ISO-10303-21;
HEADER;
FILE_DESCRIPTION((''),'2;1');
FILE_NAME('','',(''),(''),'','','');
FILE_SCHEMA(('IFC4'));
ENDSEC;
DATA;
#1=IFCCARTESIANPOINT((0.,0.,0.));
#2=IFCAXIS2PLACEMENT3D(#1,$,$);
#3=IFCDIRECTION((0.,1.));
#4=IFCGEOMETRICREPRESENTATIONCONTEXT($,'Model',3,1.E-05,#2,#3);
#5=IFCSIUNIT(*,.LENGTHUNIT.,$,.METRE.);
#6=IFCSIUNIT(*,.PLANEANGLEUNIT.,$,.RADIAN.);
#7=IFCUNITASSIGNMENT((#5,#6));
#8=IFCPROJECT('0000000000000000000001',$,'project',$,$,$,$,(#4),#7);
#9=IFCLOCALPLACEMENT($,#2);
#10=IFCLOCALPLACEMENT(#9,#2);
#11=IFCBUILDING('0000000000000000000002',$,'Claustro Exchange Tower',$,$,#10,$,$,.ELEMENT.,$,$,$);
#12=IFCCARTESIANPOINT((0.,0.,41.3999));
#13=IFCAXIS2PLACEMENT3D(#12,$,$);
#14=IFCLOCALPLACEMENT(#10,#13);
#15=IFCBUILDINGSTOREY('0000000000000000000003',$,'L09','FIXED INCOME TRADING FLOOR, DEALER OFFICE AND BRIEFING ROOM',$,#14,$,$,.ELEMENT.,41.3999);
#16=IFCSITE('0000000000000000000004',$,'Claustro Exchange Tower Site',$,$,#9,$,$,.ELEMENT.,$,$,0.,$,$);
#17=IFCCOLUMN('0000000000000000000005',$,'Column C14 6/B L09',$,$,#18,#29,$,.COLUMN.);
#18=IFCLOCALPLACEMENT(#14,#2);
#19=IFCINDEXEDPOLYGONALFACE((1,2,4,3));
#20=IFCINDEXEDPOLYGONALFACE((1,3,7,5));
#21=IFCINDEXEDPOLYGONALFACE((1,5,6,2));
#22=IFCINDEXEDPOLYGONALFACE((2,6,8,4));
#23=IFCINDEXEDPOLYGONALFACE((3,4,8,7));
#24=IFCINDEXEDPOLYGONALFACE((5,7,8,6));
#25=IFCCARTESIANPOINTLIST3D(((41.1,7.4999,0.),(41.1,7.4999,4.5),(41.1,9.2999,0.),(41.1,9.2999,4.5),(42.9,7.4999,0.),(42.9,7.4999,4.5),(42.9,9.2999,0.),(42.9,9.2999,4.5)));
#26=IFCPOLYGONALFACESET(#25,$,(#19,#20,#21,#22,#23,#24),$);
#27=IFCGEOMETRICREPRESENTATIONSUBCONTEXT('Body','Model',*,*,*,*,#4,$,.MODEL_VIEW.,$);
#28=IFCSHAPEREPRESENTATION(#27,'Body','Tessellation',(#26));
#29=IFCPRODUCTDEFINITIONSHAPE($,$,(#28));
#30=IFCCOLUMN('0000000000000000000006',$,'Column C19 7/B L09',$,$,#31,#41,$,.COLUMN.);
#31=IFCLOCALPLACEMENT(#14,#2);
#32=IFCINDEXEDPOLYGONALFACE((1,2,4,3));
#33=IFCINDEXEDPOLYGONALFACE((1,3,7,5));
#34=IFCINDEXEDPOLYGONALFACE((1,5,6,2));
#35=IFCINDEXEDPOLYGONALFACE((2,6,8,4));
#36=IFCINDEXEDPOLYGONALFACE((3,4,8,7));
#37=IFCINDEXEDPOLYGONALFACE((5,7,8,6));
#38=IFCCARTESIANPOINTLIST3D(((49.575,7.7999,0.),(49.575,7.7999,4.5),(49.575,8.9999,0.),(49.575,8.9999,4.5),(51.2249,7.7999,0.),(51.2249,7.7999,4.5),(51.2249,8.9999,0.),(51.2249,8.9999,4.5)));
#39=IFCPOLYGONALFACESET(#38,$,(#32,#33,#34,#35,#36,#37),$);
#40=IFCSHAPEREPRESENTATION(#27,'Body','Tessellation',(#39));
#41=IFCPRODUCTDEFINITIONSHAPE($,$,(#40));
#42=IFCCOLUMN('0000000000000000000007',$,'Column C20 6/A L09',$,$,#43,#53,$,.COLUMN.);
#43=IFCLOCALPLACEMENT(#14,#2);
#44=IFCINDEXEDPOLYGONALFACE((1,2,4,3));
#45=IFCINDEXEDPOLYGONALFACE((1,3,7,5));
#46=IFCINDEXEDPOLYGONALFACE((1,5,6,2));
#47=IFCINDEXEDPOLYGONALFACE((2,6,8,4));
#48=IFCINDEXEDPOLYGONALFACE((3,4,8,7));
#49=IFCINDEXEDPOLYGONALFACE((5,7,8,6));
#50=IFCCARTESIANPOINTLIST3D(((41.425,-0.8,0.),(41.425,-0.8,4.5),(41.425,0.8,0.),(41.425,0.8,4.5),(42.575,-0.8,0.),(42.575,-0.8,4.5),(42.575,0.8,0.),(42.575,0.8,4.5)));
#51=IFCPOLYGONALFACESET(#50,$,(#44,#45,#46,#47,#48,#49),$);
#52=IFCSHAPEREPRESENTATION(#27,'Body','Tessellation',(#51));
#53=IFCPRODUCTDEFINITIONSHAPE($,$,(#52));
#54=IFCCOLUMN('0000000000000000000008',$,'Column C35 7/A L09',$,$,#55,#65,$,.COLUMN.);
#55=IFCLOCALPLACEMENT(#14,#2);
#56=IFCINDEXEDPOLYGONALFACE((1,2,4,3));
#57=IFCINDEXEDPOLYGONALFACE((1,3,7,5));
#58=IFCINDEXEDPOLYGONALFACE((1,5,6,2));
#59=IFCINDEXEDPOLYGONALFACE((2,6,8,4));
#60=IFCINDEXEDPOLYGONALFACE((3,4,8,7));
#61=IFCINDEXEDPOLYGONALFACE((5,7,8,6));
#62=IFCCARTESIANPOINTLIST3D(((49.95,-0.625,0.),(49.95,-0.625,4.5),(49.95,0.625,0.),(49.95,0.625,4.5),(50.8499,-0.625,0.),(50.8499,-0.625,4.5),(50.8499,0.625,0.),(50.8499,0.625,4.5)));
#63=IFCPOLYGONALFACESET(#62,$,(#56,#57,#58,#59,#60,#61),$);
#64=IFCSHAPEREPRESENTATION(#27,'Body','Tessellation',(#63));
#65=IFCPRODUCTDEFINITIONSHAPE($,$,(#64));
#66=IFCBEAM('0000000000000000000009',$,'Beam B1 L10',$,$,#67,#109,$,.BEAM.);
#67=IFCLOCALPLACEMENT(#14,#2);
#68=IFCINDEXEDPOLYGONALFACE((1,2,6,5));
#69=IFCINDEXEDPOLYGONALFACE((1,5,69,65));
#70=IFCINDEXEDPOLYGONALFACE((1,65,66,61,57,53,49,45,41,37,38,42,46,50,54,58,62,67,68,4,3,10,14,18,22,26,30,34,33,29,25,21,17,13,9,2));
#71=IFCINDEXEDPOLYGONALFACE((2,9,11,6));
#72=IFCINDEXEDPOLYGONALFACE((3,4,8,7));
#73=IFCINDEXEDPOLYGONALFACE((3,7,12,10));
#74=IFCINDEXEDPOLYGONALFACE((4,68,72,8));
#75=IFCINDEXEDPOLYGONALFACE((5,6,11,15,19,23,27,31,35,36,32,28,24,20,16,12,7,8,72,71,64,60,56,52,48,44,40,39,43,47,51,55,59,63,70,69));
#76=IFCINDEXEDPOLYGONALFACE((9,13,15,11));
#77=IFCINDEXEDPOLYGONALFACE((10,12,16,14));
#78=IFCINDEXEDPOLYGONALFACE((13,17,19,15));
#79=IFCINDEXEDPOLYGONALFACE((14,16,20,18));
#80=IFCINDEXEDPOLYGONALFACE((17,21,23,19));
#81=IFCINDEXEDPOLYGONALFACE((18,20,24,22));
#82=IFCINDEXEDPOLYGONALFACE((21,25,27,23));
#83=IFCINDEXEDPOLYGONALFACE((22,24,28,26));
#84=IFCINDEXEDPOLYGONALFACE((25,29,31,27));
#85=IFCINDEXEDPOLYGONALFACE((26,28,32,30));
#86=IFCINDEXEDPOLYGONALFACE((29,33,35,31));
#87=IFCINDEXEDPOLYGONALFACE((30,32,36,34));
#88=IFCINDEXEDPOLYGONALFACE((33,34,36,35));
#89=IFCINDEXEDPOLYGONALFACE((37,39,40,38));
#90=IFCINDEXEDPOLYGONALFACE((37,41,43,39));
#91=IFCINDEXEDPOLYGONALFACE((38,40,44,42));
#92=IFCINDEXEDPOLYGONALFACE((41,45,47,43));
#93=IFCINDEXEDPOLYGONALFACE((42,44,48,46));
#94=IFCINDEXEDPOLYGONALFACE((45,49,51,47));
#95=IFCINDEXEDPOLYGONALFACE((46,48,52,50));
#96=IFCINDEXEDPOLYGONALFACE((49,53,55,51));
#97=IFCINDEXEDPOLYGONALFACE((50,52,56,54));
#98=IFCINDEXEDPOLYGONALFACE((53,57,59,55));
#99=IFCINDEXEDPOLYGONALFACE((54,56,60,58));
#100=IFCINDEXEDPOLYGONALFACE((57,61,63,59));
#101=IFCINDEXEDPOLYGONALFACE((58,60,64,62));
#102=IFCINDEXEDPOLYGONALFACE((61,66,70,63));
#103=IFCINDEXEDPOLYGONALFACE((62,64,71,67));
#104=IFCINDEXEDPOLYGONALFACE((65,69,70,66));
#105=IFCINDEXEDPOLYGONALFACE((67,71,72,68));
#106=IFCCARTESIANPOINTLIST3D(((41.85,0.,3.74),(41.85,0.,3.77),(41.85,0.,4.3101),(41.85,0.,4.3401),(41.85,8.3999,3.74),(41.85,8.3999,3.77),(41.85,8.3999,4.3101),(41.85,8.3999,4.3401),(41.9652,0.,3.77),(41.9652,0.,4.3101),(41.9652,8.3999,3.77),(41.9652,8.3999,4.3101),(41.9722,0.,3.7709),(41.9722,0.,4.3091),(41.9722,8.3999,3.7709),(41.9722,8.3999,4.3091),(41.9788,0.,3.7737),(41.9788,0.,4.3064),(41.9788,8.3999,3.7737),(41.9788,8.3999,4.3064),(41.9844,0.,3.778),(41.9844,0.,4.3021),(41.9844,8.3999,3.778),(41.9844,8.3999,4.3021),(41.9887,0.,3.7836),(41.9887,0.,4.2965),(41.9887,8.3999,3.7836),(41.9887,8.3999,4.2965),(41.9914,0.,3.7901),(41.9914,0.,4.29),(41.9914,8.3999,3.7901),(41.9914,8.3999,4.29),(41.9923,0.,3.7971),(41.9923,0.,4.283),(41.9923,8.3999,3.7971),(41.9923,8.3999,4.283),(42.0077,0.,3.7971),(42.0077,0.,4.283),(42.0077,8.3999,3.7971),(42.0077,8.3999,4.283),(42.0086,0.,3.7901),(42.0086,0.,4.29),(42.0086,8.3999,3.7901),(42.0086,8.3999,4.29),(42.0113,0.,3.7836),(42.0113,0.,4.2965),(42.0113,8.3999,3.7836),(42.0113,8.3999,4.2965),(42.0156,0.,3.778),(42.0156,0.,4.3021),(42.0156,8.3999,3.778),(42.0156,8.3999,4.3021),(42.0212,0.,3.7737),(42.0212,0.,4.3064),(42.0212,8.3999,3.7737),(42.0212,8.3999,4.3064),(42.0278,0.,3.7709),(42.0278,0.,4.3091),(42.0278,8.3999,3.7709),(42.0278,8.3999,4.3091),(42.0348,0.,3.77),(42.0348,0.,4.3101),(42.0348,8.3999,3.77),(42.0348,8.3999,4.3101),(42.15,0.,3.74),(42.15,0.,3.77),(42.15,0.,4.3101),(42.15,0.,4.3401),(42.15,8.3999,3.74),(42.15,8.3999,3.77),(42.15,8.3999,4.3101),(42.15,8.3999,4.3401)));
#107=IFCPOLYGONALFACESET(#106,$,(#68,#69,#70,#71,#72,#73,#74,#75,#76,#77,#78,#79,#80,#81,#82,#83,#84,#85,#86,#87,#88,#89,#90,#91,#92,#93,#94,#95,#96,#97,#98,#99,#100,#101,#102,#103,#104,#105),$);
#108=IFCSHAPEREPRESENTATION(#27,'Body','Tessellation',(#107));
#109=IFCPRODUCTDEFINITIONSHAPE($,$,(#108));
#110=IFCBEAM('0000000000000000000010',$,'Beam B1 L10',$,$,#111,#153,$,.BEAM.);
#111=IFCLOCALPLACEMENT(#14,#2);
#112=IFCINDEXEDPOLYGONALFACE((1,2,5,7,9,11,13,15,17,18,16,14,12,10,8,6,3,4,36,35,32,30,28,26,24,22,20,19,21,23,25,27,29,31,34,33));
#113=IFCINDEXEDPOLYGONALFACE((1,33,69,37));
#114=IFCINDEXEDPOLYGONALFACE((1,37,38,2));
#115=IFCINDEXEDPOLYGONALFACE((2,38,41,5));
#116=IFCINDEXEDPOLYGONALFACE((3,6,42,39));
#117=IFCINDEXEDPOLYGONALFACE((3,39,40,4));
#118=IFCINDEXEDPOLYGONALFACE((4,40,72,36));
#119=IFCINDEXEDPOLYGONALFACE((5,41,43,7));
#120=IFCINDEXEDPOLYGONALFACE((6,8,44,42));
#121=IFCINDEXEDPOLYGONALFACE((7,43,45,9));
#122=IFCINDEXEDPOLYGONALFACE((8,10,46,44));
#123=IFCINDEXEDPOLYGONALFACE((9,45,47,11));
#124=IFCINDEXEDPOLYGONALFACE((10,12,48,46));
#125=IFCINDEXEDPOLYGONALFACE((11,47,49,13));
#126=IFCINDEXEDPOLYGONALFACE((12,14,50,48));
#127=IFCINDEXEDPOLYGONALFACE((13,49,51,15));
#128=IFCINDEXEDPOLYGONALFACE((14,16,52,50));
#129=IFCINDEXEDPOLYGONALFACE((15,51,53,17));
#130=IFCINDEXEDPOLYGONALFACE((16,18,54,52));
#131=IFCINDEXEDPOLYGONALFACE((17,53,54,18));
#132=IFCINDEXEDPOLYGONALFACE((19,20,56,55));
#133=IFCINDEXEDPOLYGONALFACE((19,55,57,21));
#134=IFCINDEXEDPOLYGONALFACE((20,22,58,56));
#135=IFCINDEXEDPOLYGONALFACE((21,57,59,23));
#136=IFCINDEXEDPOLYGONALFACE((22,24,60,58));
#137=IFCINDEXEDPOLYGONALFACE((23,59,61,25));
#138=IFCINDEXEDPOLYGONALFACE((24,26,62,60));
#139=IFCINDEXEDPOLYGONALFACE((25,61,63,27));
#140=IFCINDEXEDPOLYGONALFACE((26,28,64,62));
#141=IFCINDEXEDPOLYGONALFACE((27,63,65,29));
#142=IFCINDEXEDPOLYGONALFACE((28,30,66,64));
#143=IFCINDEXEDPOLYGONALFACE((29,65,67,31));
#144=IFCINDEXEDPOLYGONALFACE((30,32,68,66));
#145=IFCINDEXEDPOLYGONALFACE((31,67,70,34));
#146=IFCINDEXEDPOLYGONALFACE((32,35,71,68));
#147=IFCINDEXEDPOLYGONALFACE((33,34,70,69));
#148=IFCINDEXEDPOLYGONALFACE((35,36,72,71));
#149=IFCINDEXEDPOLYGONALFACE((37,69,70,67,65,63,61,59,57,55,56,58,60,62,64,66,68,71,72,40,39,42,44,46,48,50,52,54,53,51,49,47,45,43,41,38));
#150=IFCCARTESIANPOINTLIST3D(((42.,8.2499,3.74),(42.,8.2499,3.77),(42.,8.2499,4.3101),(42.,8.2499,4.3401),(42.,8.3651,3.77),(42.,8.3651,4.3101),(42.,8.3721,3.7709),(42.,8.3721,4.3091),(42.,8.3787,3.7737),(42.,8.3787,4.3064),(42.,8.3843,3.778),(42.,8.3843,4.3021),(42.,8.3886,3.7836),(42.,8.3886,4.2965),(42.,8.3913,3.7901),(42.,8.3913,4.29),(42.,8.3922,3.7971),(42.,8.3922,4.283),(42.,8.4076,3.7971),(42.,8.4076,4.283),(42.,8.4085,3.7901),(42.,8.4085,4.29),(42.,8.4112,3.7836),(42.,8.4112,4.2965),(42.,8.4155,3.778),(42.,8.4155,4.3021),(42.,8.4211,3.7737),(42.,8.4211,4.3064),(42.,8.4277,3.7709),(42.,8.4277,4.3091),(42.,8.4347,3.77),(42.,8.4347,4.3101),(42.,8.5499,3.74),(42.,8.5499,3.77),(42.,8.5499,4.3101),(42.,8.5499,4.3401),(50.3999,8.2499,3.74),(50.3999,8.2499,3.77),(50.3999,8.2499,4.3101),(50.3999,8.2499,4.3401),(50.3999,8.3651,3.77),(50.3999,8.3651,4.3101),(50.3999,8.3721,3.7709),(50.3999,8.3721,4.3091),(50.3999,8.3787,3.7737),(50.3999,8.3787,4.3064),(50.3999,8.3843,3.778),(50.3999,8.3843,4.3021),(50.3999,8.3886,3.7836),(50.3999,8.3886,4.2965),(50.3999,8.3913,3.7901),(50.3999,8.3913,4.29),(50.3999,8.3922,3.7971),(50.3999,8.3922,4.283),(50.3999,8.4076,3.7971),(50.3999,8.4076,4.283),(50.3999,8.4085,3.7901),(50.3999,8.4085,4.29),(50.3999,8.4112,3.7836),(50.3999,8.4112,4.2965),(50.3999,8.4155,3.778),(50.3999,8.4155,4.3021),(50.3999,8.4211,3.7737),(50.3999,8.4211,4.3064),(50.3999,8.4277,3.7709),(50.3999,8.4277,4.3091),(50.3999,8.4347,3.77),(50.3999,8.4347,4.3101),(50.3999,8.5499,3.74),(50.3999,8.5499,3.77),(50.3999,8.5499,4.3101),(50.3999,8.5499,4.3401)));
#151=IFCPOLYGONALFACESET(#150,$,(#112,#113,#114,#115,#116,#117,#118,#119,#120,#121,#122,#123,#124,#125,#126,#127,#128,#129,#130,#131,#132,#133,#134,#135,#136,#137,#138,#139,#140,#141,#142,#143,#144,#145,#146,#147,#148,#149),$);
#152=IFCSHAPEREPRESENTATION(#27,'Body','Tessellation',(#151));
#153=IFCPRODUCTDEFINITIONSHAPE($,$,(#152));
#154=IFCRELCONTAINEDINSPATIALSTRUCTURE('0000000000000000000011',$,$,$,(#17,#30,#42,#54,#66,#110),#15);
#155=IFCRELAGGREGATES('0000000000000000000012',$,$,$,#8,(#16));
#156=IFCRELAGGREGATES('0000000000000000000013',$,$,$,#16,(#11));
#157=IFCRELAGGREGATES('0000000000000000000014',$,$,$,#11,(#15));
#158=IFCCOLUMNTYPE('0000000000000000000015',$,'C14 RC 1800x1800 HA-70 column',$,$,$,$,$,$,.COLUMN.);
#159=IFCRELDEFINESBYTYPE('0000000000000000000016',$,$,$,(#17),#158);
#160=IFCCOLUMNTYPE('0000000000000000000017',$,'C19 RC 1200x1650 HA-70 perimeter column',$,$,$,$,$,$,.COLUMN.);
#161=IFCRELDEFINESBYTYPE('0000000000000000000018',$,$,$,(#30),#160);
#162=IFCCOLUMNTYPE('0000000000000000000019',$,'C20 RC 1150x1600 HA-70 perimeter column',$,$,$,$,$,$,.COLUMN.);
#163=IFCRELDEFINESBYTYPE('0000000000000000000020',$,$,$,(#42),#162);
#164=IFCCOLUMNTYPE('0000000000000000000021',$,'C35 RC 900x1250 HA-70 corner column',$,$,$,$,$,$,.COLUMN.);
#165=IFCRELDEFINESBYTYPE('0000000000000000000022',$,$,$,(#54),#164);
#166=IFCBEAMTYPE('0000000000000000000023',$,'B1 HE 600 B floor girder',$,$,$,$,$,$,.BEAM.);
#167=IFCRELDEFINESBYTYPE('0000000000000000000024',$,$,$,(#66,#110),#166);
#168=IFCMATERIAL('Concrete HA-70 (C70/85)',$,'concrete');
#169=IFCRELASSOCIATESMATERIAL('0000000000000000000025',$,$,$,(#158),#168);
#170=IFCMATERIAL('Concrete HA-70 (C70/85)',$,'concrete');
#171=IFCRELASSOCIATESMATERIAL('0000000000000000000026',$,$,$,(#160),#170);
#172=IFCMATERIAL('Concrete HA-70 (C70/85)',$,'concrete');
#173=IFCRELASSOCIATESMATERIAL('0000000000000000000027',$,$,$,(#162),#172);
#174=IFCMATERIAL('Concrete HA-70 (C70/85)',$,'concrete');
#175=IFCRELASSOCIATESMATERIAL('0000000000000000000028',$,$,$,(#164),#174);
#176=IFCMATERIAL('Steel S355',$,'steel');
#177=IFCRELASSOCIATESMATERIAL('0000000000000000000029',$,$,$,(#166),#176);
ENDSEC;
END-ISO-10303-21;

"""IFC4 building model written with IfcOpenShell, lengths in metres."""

from ifc_helpers import new_model, si_unit, direction, frame, origin, origin_2d, place, context, subcontext, project, spatial, rectangle, i_section, extrude, material, material_profile, profile_set, type_object, element, save


model = new_model("IFC4")

# Units and contexts
model_context = context("Model", 3, precision=1e-05, world=origin(), true_north=direction((0.0, 1.0)))
body_context = subcontext(model_context, "Body", "Model", "MODEL_VIEW")
ifc_project = project(units=[si_unit("LENGTHUNIT", "METRE"), si_unit("PLANEANGLEUNIT", "RADIAN")], contexts=[model_context])

# Site, building, storey
site_placement = place(None, origin())
site = spatial("IfcSite", under=ifc_project, at=site_placement, Name="Claustro Exchange Tower Site", CompositionType="ELEMENT", RefElevation=0.0)
building_placement = place(site_placement, origin())
building = spatial("IfcBuilding", under=site, at=building_placement, Name="Claustro Exchange Tower", CompositionType="ELEMENT")
storey_placement = place(building_placement, frame((0.0, 0.0, 41.3999)))
storey = spatial("IfcBuildingStorey", under=building, at=storey_placement, Name="L09", Description="FIXED INCOME TRADING FLOOR, DEALER OFFICE AND BRIEFING ROOM", CompositionType="ELEMENT", Elevation=41.3999)

# Columns
ifc_material_1 = material(Name="Concrete HA-70 (C70/85)", Category="concrete")
ifc_material_profile_1 = material_profile(ifc_material_1, rectangle(XDim=1.8, YDim=1.8, at=origin_2d()), Name="RC 1800x1800")
ifc_profile_set_1 = profile_set([ifc_material_profile_1], Name="Concrete HA-70 (C70/85)")
column_type_1 = type_object("IfcColumnType", Name="C14 RC 1800x1800 HA-70 column", PredefinedType="COLUMN", material=ifc_profile_set_1)
column_1_placement = place(storey_placement, frame((42.0, 8.3999, 0.0), z_axis=(0.0, 0.0, 1.0), x_axis=(1.0, 0.0, 0.0)))
element("IfcColumn", 1, at=column_1_placement, inside=storey, type_object=column_type_1, Name="Column C14 6/B L09", PredefinedType="COLUMN", context=body_context, shape_type="SweptSolid", body=[
    extrude(rectangle(XDim=1.8, YDim=1.8, at=origin_2d()), origin(), (0.0, 0.0, 1.0), 4.5),
])
ifc_material_2 = material(Name="Concrete HA-70 (C70/85)", Category="concrete")
ifc_material_profile_2 = material_profile(ifc_material_2, rectangle(XDim=1.2, YDim=1.6499, at=origin_2d()), Name="RC 1200x1650")
ifc_profile_set_2 = profile_set([ifc_material_profile_2], Name="Concrete HA-70 (C70/85)")
column_type_2 = type_object("IfcColumnType", Name="C19 RC 1200x1650 HA-70 perimeter column", PredefinedType="COLUMN", material=ifc_profile_set_2)
column_2_placement = place(storey_placement, frame((50.3999, 8.3999, 0.0), z_axis=(0.0, 0.0, 1.0), x_axis=(0.0, 1.0, 0.0)))
element("IfcColumn", 2, at=column_2_placement, inside=storey, type_object=column_type_2, Name="Column C19 7/B L09", PredefinedType="COLUMN", context=body_context, shape_type="SweptSolid", body=[
    extrude(rectangle(XDim=1.2, YDim=1.6499, at=origin_2d()), origin(), (0.0, 0.0, 1.0), 4.5),
])
ifc_material_3 = material(Name="Concrete HA-70 (C70/85)", Category="concrete")
ifc_material_profile_3 = material_profile(ifc_material_3, rectangle(XDim=1.1499, YDim=1.6001, at=origin_2d()), Name="RC 1150x1600")
ifc_profile_set_3 = profile_set([ifc_material_profile_3], Name="Concrete HA-70 (C70/85)")
column_type_3 = type_object("IfcColumnType", Name="C20 RC 1150x1600 HA-70 perimeter column", PredefinedType="COLUMN", material=ifc_profile_set_3)
column_3_placement = place(storey_placement, frame((42.0, 0.0, 0.0), z_axis=(0.0, 0.0, 1.0), x_axis=(1.0, 0.0, 0.0)))
element("IfcColumn", 3, at=column_3_placement, inside=storey, type_object=column_type_3, Name="Column C20 6/A L09", PredefinedType="COLUMN", context=body_context, shape_type="SweptSolid", body=[
    extrude(rectangle(XDim=1.1499, YDim=1.6001, at=origin_2d()), origin(), (0.0, 0.0, 1.0), 4.5),
])
ifc_material_4 = material(Name="Concrete HA-70 (C70/85)", Category="concrete")
ifc_material_profile_4 = material_profile(ifc_material_4, rectangle(XDim=0.8999, YDim=1.25, at=origin_2d()), Name="RC 900x1250")
ifc_profile_set_4 = profile_set([ifc_material_profile_4], Name="Concrete HA-70 (C70/85)")
column_type_4 = type_object("IfcColumnType", Name="C35 RC 900x1250 HA-70 corner column", PredefinedType="COLUMN", material=ifc_profile_set_4)
column_4_placement = place(storey_placement, frame((50.3999, 0.0, 0.0), z_axis=(0.0, 0.0, 1.0), x_axis=(1.0, 0.0, 0.0)))
element("IfcColumn", 4, at=column_4_placement, inside=storey, type_object=column_type_4, Name="Column C35 7/A L09", PredefinedType="COLUMN", context=body_context, shape_type="SweptSolid", body=[
    extrude(rectangle(XDim=0.8999, YDim=1.25, at=origin_2d()), origin(), (0.0, 0.0, 1.0), 4.5),
])

# Beams
ifc_material_5 = material(Name="Steel S355", Category="steel")
ifc_material_profile_5 = material_profile(ifc_material_5, i_section(OverallWidth=0.3, OverallDepth=0.6001, WebThickness=0.0154, FlangeThickness=0.03, FilletRadius=0.0271, at=origin_2d()), Name="HE 600 B")
ifc_profile_set_5 = profile_set([ifc_material_profile_5], Name="Steel S355")
beam_type_1 = type_object("IfcBeamType", Name="B1 HE 600 B floor girder", PredefinedType="BEAM", material=ifc_profile_set_5)
for number, where, z_axis, x_axis, name in (
    (5, (42.0, 0.0, 4.04), (0.0, 1.0, 0.0), (-1.0, 0.0, 0.0), "Beam B1 L10"),
    (6, (42.0, 8.3999, 4.04), (1.0, 0.0, 0.0), (0.0, 1.0, 0.0), "Beam B1 L10"),
):
    element("IfcBeam", number, at=place(storey_placement, frame(where, z_axis=z_axis, x_axis=x_axis)), inside=storey, type_object=beam_type_1, Name=name, PredefinedType="BEAM", context=body_context, shape_type="SweptSolid", body=[
        extrude(i_section(OverallWidth=0.3, OverallDepth=0.6001, WebThickness=0.0154, FlangeThickness=0.03, FilletRadius=0.0271, at=origin_2d()), origin(), (0.0, 0.0, 1.0), 8.3999),
    ])

save(model, "model.ifc")
